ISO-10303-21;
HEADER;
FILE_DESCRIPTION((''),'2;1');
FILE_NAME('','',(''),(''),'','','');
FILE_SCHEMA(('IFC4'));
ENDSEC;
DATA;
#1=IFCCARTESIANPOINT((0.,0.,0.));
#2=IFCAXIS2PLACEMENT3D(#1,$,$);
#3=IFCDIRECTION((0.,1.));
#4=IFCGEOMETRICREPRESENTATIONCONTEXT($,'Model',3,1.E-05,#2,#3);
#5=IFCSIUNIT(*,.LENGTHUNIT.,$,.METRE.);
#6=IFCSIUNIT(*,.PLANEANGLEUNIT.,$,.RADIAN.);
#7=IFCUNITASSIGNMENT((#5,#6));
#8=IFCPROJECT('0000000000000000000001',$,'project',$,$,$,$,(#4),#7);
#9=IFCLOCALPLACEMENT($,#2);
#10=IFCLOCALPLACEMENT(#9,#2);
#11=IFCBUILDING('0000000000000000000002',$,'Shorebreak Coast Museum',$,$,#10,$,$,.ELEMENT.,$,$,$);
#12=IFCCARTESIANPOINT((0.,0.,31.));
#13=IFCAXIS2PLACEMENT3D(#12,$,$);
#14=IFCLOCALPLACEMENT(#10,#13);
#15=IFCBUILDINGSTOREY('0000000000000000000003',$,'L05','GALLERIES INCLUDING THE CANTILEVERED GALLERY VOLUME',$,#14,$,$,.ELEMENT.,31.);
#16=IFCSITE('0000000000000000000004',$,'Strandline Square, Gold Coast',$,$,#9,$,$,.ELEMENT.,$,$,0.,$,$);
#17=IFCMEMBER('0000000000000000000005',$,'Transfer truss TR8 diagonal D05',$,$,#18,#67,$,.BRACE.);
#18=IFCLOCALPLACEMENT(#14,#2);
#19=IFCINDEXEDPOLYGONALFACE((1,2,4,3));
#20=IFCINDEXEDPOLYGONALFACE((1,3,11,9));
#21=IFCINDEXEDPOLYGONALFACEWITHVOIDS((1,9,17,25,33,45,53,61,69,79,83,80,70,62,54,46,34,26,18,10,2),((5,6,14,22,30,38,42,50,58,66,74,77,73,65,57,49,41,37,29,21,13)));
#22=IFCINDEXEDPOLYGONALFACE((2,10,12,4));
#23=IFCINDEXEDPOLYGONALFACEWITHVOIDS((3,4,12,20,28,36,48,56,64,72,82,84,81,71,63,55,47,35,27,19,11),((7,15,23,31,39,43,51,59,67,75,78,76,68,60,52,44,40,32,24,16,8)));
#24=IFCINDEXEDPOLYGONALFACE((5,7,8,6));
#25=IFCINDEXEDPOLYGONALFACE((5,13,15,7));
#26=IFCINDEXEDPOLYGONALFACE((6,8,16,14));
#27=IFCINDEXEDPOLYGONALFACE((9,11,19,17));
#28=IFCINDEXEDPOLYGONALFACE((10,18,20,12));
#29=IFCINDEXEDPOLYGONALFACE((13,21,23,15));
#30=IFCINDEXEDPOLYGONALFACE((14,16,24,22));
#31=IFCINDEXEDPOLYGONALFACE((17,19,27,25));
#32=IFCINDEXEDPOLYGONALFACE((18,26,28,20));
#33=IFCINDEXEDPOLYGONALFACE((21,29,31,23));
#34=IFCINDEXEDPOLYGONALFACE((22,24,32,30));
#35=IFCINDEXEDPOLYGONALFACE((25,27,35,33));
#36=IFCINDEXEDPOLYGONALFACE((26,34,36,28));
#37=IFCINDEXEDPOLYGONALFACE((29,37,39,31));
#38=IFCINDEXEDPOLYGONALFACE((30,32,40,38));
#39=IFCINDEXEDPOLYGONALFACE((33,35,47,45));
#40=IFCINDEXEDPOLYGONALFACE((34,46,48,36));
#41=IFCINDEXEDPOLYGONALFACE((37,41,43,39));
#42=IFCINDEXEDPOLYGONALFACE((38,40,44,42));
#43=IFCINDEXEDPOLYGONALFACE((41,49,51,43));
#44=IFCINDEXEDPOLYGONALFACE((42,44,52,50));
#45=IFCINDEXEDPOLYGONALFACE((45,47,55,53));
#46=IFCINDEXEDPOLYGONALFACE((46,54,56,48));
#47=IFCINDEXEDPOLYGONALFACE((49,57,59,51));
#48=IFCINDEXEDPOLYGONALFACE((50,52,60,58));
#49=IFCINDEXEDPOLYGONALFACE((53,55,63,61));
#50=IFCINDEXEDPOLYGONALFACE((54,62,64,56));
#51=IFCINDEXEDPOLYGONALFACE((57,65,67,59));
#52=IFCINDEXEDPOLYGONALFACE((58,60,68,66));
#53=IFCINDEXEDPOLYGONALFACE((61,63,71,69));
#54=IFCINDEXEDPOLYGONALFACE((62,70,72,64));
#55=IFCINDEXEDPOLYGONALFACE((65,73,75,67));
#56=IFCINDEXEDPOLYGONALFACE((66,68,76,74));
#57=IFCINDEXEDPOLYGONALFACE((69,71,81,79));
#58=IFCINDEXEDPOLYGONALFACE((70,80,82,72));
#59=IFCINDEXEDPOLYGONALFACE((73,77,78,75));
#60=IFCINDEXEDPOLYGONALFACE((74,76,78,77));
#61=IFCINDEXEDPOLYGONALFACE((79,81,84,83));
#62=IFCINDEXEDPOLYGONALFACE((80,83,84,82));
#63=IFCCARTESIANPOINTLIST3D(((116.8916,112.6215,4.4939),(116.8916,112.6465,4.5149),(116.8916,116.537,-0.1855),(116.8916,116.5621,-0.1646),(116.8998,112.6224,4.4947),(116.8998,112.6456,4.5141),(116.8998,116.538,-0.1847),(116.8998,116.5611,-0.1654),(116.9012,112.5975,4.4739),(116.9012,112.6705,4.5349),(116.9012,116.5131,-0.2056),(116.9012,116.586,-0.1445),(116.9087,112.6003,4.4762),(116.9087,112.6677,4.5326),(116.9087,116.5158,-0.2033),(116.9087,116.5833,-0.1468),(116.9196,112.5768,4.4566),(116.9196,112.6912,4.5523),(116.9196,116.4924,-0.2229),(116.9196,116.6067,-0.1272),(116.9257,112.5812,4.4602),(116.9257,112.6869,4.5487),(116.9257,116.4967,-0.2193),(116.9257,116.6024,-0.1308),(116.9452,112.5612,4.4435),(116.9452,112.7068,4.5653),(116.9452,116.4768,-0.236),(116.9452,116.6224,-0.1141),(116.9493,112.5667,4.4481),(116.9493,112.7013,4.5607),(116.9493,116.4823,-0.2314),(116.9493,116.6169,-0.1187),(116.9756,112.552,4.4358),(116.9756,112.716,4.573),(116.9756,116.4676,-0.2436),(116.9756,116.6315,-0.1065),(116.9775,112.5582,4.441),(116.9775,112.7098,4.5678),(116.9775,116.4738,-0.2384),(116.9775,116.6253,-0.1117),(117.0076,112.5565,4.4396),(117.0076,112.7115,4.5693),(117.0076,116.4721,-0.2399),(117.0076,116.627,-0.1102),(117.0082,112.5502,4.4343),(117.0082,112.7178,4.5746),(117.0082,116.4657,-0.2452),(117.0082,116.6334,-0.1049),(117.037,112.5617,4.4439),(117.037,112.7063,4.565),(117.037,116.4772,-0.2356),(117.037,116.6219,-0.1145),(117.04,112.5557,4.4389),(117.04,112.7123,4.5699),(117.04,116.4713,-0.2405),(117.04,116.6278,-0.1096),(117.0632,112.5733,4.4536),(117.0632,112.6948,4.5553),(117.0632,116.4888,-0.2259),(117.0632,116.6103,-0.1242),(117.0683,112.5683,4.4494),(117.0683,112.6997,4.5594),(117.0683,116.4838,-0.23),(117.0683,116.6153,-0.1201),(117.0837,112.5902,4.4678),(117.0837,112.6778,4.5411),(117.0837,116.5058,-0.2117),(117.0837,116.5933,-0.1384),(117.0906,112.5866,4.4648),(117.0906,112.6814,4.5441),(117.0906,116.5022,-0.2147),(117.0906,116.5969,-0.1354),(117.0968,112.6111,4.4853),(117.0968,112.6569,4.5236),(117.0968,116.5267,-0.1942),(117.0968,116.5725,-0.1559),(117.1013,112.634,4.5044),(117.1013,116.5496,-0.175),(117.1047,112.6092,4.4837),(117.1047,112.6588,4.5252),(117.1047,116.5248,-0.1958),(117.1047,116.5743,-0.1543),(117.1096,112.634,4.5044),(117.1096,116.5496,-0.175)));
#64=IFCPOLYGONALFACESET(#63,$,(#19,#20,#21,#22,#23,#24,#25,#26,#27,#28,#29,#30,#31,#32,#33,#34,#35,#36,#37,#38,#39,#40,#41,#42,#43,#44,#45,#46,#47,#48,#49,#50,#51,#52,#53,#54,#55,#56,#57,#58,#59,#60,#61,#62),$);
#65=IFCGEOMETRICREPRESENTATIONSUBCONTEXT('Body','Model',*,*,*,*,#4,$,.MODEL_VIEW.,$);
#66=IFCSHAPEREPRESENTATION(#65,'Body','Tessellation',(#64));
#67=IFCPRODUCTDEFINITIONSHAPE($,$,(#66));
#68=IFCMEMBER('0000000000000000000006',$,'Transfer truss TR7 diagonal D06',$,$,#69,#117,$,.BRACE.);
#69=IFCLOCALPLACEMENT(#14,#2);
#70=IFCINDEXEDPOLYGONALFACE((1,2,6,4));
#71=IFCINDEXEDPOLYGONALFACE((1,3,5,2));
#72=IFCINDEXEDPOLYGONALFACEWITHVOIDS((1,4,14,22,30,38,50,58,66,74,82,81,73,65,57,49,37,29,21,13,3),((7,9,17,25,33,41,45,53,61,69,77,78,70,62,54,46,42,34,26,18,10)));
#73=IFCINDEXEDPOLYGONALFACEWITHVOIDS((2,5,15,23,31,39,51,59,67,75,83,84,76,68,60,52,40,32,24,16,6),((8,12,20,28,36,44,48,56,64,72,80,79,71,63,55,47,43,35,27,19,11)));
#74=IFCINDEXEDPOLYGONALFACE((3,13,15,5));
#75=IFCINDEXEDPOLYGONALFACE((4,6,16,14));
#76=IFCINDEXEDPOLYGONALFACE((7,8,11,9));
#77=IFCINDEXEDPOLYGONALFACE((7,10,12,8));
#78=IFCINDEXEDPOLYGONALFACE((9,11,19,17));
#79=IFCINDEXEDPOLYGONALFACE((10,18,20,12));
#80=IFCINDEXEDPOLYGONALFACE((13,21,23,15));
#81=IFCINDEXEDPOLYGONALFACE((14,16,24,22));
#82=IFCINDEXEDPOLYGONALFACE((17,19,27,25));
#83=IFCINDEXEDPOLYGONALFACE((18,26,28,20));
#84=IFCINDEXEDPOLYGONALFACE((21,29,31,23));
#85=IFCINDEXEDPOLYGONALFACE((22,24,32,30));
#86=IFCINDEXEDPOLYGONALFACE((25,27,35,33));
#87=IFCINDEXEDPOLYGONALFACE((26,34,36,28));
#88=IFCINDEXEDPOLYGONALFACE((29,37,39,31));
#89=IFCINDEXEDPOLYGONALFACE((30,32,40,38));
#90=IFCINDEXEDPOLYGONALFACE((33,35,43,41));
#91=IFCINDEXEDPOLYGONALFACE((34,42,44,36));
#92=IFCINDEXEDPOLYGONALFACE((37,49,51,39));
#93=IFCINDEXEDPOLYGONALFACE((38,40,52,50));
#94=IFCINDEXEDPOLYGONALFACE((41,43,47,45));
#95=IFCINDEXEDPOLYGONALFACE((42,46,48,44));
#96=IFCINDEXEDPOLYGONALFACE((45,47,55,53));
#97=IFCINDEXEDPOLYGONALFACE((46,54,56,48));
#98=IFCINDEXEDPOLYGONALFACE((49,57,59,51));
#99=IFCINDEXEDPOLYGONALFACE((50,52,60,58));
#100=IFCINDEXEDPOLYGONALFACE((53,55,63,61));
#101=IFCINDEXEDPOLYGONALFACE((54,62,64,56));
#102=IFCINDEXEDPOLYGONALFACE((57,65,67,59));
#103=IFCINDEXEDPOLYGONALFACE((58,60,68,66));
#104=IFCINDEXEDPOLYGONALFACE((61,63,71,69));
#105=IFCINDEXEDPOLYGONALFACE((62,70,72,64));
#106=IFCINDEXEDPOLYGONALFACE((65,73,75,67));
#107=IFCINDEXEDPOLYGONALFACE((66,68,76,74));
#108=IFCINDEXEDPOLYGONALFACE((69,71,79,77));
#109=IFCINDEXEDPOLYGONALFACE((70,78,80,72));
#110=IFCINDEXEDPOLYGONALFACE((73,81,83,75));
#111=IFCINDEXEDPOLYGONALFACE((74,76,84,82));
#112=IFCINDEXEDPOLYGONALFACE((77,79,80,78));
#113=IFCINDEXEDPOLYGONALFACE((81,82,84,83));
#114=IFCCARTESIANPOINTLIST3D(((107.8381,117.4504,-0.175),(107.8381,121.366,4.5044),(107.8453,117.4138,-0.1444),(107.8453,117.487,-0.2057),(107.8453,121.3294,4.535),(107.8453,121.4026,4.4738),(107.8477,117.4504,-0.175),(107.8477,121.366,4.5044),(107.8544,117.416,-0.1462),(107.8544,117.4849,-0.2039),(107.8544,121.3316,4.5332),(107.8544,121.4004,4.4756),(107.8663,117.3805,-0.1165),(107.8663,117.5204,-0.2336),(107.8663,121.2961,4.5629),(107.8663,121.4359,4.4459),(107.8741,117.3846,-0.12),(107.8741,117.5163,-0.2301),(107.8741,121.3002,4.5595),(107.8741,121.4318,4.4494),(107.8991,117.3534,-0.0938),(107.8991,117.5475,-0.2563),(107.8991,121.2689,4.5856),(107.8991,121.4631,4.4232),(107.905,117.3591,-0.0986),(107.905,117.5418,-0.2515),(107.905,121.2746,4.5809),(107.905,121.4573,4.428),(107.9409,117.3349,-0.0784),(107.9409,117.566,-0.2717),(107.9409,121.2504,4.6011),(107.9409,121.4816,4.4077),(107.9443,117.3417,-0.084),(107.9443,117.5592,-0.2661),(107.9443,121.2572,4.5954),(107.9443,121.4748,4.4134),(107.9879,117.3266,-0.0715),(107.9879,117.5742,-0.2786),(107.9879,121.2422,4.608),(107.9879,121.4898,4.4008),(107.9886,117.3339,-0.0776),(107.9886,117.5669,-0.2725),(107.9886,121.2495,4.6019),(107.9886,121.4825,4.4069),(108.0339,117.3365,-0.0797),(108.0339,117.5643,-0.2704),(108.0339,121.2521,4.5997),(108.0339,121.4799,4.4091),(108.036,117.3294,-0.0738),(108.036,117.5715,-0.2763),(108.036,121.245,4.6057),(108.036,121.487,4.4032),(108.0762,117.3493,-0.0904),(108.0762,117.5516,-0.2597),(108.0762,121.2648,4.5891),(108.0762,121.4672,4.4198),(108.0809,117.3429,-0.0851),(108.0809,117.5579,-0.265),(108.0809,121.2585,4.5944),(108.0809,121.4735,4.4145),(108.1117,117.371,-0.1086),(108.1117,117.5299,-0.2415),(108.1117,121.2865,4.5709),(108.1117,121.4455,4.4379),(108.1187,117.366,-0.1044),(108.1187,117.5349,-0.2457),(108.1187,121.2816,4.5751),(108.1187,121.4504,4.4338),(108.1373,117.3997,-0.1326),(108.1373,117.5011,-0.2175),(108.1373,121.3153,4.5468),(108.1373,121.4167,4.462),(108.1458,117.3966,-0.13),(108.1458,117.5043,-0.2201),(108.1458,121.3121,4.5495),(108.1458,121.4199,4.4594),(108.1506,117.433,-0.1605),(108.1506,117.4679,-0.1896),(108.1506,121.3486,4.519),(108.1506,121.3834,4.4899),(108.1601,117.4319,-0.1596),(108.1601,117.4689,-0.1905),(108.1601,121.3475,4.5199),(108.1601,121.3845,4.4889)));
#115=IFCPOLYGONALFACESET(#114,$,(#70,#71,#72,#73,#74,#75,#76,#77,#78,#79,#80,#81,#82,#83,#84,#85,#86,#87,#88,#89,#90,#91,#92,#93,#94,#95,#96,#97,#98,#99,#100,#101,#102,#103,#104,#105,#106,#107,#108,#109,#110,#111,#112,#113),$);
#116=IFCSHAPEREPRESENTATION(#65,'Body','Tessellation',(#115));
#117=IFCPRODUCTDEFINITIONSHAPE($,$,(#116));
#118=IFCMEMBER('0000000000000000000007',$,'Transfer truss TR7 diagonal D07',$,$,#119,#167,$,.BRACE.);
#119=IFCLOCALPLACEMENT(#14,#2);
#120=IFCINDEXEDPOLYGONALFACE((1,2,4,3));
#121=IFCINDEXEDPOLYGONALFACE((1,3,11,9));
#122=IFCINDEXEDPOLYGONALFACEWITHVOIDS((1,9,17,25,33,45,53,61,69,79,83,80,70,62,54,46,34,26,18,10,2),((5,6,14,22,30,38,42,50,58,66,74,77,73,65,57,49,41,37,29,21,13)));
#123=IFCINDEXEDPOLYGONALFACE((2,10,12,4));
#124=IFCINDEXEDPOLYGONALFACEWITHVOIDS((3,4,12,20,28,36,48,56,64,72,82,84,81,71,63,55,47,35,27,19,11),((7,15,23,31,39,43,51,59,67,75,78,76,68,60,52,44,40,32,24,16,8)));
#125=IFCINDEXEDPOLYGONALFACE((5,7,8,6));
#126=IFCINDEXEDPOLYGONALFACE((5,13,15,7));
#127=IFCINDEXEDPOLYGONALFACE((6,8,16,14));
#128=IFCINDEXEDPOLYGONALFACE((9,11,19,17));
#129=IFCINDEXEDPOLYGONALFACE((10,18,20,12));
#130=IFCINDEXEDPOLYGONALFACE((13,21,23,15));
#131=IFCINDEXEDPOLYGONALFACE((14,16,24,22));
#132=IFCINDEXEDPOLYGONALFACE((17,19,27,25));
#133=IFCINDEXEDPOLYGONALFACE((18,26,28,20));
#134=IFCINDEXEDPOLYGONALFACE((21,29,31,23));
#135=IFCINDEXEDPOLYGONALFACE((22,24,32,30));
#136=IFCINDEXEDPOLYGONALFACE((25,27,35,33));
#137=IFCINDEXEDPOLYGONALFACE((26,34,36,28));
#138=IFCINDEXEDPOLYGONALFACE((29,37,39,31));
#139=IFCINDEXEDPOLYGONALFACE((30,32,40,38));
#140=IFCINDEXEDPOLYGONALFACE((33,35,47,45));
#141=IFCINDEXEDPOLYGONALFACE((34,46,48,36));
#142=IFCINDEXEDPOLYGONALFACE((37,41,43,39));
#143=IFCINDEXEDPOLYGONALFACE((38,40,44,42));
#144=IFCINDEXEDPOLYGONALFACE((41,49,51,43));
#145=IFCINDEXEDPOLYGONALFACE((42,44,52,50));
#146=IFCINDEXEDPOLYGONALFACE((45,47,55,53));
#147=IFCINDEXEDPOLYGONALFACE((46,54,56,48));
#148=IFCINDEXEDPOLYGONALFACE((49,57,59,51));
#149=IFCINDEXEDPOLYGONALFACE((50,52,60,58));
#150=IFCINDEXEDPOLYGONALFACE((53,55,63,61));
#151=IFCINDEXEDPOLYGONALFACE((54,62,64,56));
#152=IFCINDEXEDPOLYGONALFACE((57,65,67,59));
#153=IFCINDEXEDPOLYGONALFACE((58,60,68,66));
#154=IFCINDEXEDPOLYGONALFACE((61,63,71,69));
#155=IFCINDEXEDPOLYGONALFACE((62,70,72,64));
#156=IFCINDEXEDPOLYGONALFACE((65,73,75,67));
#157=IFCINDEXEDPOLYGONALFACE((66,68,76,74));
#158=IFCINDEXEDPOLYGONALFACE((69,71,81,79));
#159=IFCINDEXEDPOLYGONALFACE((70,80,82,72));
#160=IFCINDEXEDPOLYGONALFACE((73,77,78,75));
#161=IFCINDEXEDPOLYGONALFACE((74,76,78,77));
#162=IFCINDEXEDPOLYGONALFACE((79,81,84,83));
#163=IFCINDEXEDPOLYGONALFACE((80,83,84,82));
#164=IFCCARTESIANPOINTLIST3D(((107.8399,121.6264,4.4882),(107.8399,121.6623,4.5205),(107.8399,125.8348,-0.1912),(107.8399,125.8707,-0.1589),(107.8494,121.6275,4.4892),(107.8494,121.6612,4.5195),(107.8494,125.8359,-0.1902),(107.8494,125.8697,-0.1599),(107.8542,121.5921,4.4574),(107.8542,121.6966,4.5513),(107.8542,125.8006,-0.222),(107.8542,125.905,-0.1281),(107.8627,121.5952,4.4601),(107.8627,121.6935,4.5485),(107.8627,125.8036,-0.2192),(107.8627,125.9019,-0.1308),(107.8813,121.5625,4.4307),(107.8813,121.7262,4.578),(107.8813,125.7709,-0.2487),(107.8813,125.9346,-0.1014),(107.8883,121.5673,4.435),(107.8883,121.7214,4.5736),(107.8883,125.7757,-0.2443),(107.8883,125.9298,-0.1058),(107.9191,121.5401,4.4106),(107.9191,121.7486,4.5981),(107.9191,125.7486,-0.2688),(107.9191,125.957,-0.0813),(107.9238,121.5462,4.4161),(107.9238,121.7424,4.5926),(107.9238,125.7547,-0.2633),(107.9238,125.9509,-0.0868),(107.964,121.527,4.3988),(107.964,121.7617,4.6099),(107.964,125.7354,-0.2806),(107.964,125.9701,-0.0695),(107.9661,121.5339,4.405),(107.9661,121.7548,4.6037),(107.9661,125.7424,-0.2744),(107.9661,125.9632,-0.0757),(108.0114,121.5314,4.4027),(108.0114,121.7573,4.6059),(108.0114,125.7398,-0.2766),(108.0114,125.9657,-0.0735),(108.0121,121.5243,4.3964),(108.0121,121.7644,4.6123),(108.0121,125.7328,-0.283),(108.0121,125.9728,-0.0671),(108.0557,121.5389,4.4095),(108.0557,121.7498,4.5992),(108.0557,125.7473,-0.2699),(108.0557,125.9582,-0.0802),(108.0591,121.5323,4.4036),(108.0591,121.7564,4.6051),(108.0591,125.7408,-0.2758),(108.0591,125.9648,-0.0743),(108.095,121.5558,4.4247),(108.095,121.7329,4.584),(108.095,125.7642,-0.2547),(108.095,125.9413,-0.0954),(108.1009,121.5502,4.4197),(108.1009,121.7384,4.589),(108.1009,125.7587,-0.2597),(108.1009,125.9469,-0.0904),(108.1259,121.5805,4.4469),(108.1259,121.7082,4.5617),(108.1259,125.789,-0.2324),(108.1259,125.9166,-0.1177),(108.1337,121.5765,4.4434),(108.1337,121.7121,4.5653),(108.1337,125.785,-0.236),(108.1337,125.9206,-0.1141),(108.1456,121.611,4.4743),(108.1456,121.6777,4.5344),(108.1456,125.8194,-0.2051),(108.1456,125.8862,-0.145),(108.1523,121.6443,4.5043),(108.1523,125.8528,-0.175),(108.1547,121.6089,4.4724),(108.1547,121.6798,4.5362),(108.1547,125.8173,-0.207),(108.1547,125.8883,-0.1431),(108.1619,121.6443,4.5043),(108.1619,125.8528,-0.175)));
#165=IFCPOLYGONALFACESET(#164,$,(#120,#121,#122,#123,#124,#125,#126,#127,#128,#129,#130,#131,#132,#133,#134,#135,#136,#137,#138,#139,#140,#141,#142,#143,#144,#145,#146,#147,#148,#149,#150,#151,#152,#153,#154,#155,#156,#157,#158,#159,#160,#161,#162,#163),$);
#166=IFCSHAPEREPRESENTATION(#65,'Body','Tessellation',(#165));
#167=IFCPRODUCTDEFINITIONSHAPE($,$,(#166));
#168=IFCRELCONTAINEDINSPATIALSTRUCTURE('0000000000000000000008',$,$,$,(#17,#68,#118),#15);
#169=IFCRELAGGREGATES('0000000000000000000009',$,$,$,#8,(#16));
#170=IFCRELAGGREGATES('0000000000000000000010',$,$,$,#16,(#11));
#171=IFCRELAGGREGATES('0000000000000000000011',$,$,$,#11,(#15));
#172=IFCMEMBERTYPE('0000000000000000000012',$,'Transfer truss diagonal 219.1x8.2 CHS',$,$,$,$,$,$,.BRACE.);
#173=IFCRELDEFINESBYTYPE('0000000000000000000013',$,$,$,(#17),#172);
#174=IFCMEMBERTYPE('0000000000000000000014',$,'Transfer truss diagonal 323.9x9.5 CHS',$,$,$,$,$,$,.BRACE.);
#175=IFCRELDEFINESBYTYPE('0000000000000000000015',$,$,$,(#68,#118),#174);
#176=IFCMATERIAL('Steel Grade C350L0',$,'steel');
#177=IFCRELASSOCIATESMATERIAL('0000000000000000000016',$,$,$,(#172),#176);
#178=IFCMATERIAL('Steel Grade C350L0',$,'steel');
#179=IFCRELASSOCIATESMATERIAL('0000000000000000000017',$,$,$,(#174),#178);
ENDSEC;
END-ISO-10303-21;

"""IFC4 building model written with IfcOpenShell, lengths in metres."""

from ifc_helpers import new_model, si_unit, direction, frame, origin, origin_2d, place, context, subcontext, project, spatial, hollow_circle, extrude, material, material_profile, profile_set, type_object, element, save


model = new_model("IFC4")

# Units and contexts
model_context = context("Model", 3, precision=1e-05, world=origin(), true_north=direction((0.0, 1.0)))
body_context = subcontext(model_context, "Body", "Model", "MODEL_VIEW")
ifc_project = project(units=[si_unit("LENGTHUNIT", "METRE"), si_unit("PLANEANGLEUNIT", "RADIAN")], contexts=[model_context])

# Site, building, storey
site_placement = place(None, origin())
site = spatial("IfcSite", under=ifc_project, at=site_placement, Name="Strandline Square, Gold Coast", CompositionType="ELEMENT", RefElevation=0.0)
building_placement = place(site_placement, origin())
building = spatial("IfcBuilding", under=site, at=building_placement, Name="Shorebreak Coast Museum", CompositionType="ELEMENT")
storey_placement = place(building_placement, frame((0.0, 0.0, 31.0)))
storey = spatial("IfcBuildingStorey", under=building, at=storey_placement, Name="L05", Description="GALLERIES INCLUDING THE CANTILEVERED GALLERY VOLUME", CompositionType="ELEMENT", Elevation=31.0)

# Members
ifc_material_1 = material(Name="Steel Grade C350L0", Category="steel")
ifc_material_profile_1 = material_profile(ifc_material_1, hollow_circle(Radius=0.1096, WallThickness=0.0083, at=origin_2d()), Name="219.1x8.2 CHS")
ifc_profile_set_1 = profile_set([ifc_material_profile_1], Name="Steel Grade C350L0")
member_type_1 = type_object("IfcMemberType", Name="Transfer truss diagonal 219.1x8.2 CHS", PredefinedType="BRACE", material=ifc_profile_set_1)
member_1_placement = place(storey_placement, frame((117.0, 116.5496, -0.175), z_axis=(0.0, -0.64173, 0.766931), x_axis=(1.0, 0.0, 0.0)))
element("IfcMember", 1, at=member_1_placement, inside=storey, type_object=member_type_1, Name="Transfer truss TR8 diagonal D05", PredefinedType="BRACE", context=body_context, shape_type="SweptSolid", body=[
    extrude(hollow_circle(Radius=0.1096, WallThickness=0.0083, at=origin_2d()), origin(), (0.0, 0.0, 1.0), 6.1016),
])
ifc_material_2 = material(Name="Steel Grade C350L0", Category="steel")
ifc_material_profile_2 = material_profile(ifc_material_2, hollow_circle(Radius=0.1619, WallThickness=0.0095, at=origin_2d()), Name="323.9x9.5 CHS")
ifc_profile_set_2 = profile_set([ifc_material_profile_2], Name="Steel Grade C350L0")
member_type_2 = type_object("IfcMemberType", Name="Transfer truss diagonal 323.9x9.5 CHS", PredefinedType="BRACE", material=ifc_profile_set_2)
member_2_placement = place(storey_placement, frame((108.0, 117.4504, -0.175), z_axis=(0.0, 0.64173, 0.766931), x_axis=(-1.0, 0.0, 0.0)))
element("IfcMember", 2, at=member_2_placement, inside=storey, type_object=member_type_2, Name="Transfer truss TR7 diagonal D06", PredefinedType="BRACE", context=body_context, shape_type="SweptSolid", body=[
    extrude(hollow_circle(Radius=0.1619, WallThickness=0.0095, at=origin_2d()), origin(), (0.0, 0.0, 1.0), 6.1016),
])
member_3_placement = place(storey_placement, frame((108.0, 125.8528, -0.175), z_axis=(0.0, -0.668701, 0.743531), x_axis=(1.0, 0.0, 0.0)))
element("IfcMember", 3, at=member_3_placement, inside=storey, type_object=member_type_2, Name="Transfer truss TR7 diagonal D07", PredefinedType="BRACE", context=body_context, shape_type="SweptSolid", body=[
    extrude(hollow_circle(Radius=0.1619, WallThickness=0.0095, at=origin_2d()), origin(), (0.0, 0.0, 1.0), 6.2935),
])

save(model, "model.ifc")
